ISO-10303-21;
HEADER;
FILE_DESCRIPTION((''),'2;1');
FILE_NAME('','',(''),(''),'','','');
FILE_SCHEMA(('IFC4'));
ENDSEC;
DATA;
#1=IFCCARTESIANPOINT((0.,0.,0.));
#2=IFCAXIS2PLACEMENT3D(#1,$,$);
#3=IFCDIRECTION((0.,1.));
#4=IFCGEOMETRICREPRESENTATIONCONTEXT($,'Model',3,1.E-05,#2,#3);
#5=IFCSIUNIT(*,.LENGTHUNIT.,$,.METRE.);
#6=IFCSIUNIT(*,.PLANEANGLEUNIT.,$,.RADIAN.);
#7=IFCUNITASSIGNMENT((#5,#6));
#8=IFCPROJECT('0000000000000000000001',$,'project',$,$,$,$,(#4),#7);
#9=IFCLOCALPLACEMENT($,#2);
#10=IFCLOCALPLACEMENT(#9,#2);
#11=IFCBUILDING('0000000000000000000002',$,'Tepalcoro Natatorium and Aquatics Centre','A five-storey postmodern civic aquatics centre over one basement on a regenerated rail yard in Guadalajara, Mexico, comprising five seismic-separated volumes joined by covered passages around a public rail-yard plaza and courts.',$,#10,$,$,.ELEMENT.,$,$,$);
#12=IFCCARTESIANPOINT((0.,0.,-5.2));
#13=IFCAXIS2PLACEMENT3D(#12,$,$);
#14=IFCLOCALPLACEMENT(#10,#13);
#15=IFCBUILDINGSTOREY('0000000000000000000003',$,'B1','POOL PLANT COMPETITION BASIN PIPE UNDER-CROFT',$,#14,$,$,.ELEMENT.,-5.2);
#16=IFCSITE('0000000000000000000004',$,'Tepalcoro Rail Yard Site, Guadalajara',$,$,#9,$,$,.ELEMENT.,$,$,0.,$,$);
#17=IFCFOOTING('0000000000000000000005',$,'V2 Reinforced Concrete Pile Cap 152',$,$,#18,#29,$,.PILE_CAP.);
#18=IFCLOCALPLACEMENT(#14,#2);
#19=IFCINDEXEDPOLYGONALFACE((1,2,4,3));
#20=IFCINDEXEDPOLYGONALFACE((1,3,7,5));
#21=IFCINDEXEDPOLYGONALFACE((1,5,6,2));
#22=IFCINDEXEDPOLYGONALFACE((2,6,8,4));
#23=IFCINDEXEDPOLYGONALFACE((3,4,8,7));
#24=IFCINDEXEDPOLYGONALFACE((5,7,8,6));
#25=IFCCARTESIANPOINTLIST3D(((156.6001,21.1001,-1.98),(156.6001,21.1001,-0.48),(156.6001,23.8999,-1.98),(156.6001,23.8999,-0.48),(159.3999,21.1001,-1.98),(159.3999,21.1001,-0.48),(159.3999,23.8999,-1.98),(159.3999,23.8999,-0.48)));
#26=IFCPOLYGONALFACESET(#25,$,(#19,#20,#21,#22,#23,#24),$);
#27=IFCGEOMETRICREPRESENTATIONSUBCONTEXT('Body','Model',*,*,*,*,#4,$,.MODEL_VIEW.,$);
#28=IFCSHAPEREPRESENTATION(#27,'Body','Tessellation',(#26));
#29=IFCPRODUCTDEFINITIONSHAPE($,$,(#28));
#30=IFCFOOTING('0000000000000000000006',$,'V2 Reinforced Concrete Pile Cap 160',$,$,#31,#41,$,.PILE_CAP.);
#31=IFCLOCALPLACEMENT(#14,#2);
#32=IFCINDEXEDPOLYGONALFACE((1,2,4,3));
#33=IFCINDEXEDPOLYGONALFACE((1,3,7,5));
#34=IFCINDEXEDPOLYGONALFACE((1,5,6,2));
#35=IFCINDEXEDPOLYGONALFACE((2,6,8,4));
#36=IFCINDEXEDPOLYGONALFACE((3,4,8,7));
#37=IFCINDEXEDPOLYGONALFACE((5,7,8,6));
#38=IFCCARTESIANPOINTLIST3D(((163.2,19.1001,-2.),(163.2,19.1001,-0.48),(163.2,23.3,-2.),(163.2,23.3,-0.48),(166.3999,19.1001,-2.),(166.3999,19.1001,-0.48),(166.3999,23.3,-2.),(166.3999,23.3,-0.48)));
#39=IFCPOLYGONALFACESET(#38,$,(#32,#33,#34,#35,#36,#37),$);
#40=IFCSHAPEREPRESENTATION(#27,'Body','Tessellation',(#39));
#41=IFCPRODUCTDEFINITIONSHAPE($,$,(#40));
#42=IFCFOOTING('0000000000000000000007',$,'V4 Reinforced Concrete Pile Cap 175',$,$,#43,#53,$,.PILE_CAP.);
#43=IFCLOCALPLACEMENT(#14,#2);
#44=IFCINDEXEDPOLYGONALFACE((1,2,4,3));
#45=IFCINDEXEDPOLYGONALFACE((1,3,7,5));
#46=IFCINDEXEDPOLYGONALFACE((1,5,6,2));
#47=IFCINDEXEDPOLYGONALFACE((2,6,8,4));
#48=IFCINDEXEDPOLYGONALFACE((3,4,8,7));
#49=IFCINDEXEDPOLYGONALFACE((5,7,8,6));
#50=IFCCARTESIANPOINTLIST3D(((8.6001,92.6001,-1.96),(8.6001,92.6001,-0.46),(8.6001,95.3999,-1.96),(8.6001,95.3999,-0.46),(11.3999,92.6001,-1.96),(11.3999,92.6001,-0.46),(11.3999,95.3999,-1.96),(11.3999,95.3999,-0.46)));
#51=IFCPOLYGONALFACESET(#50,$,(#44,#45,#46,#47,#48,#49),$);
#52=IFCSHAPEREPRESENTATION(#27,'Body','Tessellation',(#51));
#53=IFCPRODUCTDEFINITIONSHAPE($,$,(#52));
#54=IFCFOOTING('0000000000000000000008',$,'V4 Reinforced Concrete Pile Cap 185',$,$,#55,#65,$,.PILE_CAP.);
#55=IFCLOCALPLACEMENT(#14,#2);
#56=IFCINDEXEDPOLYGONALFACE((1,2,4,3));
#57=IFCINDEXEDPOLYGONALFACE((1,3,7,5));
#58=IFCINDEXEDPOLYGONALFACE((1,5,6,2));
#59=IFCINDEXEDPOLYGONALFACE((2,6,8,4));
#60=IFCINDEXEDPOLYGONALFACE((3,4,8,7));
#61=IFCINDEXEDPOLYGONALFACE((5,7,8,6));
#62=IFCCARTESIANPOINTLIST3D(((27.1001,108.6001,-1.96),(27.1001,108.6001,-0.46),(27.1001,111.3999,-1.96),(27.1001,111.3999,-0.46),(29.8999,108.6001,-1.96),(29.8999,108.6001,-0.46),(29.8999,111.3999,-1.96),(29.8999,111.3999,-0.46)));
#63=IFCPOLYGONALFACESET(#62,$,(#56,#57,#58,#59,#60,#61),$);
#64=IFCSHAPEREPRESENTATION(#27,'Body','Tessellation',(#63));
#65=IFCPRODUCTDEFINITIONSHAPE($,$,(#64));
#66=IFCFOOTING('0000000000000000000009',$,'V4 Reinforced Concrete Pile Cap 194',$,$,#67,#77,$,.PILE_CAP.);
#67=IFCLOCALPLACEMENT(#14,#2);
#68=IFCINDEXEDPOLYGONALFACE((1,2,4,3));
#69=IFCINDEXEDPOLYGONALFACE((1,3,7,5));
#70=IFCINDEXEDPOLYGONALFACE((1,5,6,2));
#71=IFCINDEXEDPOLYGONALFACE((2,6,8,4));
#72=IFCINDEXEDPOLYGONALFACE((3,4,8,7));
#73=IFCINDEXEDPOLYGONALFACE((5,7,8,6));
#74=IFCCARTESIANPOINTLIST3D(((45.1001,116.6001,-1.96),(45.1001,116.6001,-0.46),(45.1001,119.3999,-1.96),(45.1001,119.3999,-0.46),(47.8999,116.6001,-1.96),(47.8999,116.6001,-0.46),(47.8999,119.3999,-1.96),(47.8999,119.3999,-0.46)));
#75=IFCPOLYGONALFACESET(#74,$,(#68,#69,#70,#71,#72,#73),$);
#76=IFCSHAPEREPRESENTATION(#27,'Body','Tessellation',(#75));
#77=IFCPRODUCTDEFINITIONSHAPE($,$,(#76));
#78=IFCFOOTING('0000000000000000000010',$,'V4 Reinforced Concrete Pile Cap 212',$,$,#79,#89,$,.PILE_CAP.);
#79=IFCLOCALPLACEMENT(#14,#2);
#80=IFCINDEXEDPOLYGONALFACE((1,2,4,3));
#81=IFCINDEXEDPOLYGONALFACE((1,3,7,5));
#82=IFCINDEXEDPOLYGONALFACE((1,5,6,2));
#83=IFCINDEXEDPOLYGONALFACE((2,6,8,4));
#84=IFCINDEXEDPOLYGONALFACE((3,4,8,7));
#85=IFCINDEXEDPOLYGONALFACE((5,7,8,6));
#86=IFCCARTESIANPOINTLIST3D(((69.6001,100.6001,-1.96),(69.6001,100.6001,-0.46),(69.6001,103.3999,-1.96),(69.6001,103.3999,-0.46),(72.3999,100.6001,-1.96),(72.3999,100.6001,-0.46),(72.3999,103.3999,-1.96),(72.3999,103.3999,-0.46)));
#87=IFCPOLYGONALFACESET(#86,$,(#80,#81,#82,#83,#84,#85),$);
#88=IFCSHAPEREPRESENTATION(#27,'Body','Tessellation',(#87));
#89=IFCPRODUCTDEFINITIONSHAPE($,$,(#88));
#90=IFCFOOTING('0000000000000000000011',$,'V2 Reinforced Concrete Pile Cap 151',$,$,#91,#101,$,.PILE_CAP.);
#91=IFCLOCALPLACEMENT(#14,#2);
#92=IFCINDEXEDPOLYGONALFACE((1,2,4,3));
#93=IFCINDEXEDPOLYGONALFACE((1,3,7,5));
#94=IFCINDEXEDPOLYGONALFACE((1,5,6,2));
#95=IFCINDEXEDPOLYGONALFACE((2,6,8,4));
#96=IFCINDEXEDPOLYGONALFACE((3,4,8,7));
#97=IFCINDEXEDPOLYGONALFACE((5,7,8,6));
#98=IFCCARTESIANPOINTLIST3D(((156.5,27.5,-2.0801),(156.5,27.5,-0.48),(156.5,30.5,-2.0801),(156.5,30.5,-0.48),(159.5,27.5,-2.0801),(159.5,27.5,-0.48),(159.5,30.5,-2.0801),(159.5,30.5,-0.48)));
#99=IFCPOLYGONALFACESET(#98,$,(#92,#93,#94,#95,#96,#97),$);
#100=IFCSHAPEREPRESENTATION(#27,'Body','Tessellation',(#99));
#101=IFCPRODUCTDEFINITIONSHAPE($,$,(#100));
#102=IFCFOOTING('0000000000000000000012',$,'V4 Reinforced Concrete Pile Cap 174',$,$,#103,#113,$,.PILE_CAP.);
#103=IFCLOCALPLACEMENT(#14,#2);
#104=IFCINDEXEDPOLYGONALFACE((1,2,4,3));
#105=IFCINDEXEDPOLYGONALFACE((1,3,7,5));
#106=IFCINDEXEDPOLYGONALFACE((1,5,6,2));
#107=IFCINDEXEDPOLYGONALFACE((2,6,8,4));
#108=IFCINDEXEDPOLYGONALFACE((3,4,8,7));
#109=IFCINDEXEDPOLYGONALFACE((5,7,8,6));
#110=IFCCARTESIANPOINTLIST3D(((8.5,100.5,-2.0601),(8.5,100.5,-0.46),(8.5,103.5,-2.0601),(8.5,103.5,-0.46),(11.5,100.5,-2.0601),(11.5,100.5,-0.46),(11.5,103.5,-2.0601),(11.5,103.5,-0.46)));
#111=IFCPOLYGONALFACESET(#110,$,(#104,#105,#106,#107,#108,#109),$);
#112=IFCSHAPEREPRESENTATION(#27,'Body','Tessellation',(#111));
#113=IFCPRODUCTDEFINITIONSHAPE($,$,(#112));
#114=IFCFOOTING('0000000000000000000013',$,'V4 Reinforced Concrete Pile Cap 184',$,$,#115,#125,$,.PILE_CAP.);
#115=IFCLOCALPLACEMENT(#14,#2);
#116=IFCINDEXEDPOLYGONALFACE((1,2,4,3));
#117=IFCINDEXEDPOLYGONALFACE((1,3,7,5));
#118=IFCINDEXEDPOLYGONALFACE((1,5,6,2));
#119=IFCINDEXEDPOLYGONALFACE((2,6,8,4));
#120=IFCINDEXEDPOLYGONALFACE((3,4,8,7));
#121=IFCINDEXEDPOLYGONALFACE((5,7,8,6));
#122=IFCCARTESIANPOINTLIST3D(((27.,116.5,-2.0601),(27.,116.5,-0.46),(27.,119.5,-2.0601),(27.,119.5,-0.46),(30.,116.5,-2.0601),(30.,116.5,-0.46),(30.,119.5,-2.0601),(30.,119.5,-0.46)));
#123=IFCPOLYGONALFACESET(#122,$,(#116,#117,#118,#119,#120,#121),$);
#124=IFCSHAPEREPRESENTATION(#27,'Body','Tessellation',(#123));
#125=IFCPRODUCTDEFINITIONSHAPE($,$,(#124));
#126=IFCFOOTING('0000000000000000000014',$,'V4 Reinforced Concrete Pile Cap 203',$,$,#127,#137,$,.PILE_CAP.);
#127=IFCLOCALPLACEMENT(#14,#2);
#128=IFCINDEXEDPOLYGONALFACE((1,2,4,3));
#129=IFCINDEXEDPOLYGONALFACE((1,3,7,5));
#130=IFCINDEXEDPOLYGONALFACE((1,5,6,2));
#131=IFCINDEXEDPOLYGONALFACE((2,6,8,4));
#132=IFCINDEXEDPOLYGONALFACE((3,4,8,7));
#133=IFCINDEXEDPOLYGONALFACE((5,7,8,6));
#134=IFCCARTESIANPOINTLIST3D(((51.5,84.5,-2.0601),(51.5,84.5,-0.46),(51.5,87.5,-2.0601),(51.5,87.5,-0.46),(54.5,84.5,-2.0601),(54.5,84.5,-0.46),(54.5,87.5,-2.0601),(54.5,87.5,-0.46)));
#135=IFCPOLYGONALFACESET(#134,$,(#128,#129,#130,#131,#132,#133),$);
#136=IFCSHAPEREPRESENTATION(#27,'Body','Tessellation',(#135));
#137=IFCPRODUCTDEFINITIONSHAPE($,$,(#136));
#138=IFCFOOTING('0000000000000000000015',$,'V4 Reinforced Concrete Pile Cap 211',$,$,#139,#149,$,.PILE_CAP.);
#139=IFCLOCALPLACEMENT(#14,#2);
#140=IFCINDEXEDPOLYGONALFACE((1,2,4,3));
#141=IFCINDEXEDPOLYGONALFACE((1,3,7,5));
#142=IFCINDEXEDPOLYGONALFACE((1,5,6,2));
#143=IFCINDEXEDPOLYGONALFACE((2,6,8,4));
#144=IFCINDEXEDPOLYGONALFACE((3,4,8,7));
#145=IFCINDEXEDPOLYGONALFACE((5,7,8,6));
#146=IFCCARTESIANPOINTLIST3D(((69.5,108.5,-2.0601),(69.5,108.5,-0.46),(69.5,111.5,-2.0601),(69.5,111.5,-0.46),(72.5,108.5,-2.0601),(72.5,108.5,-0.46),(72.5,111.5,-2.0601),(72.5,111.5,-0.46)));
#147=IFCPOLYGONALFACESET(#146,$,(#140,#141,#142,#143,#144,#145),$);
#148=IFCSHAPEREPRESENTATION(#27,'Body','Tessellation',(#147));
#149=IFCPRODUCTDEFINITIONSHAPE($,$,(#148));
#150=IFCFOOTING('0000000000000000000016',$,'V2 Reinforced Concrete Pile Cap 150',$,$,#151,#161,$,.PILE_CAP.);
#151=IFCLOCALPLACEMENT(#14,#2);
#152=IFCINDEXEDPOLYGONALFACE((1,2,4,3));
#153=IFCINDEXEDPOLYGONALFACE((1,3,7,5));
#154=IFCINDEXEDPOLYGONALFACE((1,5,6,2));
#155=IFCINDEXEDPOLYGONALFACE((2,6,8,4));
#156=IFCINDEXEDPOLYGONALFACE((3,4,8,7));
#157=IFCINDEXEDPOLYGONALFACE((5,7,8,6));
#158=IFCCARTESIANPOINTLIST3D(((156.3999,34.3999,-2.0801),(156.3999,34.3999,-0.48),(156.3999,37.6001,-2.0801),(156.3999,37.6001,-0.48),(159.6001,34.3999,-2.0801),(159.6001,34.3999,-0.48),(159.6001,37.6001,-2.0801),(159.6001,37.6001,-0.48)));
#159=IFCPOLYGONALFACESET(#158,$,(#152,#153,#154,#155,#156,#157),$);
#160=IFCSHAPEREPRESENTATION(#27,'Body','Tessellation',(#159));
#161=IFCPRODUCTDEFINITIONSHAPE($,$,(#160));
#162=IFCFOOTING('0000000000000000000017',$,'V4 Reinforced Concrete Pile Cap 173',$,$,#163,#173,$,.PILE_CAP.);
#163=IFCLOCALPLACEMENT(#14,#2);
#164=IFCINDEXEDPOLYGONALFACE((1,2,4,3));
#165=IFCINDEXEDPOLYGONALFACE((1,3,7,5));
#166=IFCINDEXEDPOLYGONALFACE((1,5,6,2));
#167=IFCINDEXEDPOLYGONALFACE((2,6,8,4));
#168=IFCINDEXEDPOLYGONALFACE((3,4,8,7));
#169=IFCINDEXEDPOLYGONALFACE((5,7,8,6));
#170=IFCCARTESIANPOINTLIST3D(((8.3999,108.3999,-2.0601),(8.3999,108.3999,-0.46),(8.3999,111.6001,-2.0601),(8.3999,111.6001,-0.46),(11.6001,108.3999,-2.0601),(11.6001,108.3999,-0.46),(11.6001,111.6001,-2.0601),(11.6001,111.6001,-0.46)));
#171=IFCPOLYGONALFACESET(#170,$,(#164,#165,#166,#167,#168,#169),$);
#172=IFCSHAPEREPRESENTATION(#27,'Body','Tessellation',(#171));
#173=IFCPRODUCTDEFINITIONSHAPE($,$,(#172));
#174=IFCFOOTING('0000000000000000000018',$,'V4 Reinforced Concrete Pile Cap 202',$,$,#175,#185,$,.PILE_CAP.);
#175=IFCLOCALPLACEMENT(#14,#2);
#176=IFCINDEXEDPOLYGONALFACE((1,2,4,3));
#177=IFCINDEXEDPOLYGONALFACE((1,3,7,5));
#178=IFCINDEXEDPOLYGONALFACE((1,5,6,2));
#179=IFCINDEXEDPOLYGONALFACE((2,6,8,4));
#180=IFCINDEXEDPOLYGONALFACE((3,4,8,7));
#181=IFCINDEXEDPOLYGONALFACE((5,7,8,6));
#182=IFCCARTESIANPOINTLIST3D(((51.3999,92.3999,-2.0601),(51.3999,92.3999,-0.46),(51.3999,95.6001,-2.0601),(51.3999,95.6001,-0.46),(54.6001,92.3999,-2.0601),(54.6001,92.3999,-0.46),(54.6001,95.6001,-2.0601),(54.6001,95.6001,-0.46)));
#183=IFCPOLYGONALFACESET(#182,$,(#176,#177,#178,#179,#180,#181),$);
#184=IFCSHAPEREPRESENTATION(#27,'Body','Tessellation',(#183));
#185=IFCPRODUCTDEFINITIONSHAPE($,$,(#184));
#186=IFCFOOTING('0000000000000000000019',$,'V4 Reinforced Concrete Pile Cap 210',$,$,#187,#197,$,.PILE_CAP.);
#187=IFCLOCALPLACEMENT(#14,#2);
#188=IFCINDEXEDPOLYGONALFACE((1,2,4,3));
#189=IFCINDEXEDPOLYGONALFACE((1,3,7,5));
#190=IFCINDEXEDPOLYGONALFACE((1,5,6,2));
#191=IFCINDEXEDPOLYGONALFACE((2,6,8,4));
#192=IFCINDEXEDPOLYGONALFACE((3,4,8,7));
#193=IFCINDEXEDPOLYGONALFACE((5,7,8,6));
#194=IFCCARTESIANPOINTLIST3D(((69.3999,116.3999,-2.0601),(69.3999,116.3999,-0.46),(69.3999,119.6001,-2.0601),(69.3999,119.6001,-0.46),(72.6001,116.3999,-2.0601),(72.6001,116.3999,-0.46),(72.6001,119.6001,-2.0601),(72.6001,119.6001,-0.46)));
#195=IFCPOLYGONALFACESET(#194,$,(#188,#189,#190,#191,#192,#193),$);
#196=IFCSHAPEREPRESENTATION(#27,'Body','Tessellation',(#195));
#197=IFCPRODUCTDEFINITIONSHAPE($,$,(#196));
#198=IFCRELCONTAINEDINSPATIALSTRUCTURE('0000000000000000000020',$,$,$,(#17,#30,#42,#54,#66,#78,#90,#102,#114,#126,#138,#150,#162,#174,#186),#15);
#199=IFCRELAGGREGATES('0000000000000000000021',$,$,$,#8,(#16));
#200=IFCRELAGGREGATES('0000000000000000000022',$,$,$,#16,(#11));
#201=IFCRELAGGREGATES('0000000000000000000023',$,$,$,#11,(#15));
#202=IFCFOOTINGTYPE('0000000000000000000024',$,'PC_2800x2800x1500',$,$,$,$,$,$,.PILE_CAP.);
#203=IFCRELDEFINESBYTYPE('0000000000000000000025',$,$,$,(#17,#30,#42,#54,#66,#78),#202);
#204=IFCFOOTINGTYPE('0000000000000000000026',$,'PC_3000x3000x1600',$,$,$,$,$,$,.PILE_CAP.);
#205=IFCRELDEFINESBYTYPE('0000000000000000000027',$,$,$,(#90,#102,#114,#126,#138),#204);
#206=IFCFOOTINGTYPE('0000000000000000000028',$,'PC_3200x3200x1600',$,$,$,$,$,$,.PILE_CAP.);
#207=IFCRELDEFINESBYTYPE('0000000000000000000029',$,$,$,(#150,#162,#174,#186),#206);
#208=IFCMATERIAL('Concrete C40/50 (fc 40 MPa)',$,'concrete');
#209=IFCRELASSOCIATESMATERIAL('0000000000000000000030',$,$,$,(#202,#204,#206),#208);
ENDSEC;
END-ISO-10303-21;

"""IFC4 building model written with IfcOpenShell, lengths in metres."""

from ifc_helpers import new_model, si_unit, direction, frame, origin, place, context, subcontext, project, spatial, polyline, outline, extrude, material, type_object, element, save


model = new_model("IFC4")

# Units and contexts
model_context = context("Model", 3, precision=1e-05, world=origin(), true_north=direction((0.0, 1.0)))
body_context = subcontext(model_context, "Body", "Model", "MODEL_VIEW")
ifc_project = project(units=[si_unit("LENGTHUNIT", "METRE"), si_unit("PLANEANGLEUNIT", "RADIAN")], contexts=[model_context])

# Site, building, storey
site_placement = place(None, origin())
site = spatial("IfcSite", under=ifc_project, at=site_placement, Name="Tepalcoro Rail Yard Site, Guadalajara", CompositionType="ELEMENT", RefElevation=0.0)
building_placement = place(site_placement, origin())
building = spatial("IfcBuilding", under=site, at=building_placement, Name="Tepalcoro Natatorium and Aquatics Centre", Description="A five-storey postmodern civic aquatics centre over one basement on a regenerated rail yard in Guadalajara, Mexico, comprising five seismic-separated volumes joined by covered passages around a public rail-yard plaza and courts.", CompositionType="ELEMENT")
storey_placement = place(building_placement, frame((0.0, 0.0, -5.2)))
storey = spatial("IfcBuildingStorey", under=building, at=storey_placement, Name="B1", Description="POOL PLANT COMPETITION BASIN PIPE UNDER-CROFT", CompositionType="ELEMENT", Elevation=-5.2)

# Footings
ifc_material = material(Name="Concrete C40/50 (fc 40 MPa)", Category="concrete")
footing_type_1 = type_object("IfcFootingType", Name="PC_2800x2800x1500", PredefinedType="PILE_CAP", material=ifc_material)
footing_1_placement = place(storey_placement, frame((0.0, 0.0, -1.98)))
element("IfcFooting", 1, at=footing_1_placement, inside=storey, type_object=footing_type_1, Name="V2 Reinforced Concrete Pile Cap 152", PredefinedType="PILE_CAP", context=body_context, shape_type="SweptSolid", body=[
    extrude(outline(polyline([(156.6001, 21.1001), (159.3999, 21.1001), (159.3999, 23.8999), (156.6001, 23.8999), (156.6001, 21.1001)])), origin(), (0.0, 0.0, 1.0), 1.5),
])
footing_2_placement = place(storey_placement, frame((0.0, 0.0, -2.0)))
element("IfcFooting", 2, at=footing_2_placement, inside=storey, type_object=footing_type_1, Name="V2 Reinforced Concrete Pile Cap 160", PredefinedType="PILE_CAP", context=body_context, shape_type="SweptSolid", body=[
    extrude(outline(polyline([(163.2, 19.1001), (166.3999, 19.1001), (166.3999, 23.3), (163.2, 23.3), (163.2, 19.1001)])), origin(), (0.0, 0.0, 1.0), 1.52),
])
footing_3_placement = place(storey_placement, frame((0.0, 0.0, -1.96)))
element("IfcFooting", 3, at=footing_3_placement, inside=storey, type_object=footing_type_1, Name="V4 Reinforced Concrete Pile Cap 175", PredefinedType="PILE_CAP", context=body_context, shape_type="SweptSolid", body=[
    extrude(outline(polyline([(8.6001, 92.6001), (11.3999, 92.6001), (11.3999, 95.3999), (8.6001, 95.3999), (8.6001, 92.6001)])), origin(), (0.0, 0.0, 1.0), 1.5),
])
footing_4_placement = place(storey_placement, frame((0.0, 0.0, -1.96)))
element("IfcFooting", 4, at=footing_4_placement, inside=storey, type_object=footing_type_1, Name="V4 Reinforced Concrete Pile Cap 185", PredefinedType="PILE_CAP", context=body_context, shape_type="SweptSolid", body=[
    extrude(outline(polyline([(27.1001, 108.6001), (29.8999, 108.6001), (29.8999, 111.3999), (27.1001, 111.3999), (27.1001, 108.6001)])), origin(), (0.0, 0.0, 1.0), 1.5),
])
footing_5_placement = place(storey_placement, frame((0.0, 0.0, -1.96)))
element("IfcFooting", 5, at=footing_5_placement, inside=storey, type_object=footing_type_1, Name="V4 Reinforced Concrete Pile Cap 194", PredefinedType="PILE_CAP", context=body_context, shape_type="SweptSolid", body=[
    extrude(outline(polyline([(45.1001, 116.6001), (47.8999, 116.6001), (47.8999, 119.3999), (45.1001, 119.3999), (45.1001, 116.6001)])), origin(), (0.0, 0.0, 1.0), 1.5),
])
footing_6_placement = place(storey_placement, frame((0.0, 0.0, -1.96)))
element("IfcFooting", 6, at=footing_6_placement, inside=storey, type_object=footing_type_1, Name="V4 Reinforced Concrete Pile Cap 212", PredefinedType="PILE_CAP", context=body_context, shape_type="SweptSolid", body=[
    extrude(outline(polyline([(69.6001, 100.6001), (72.3999, 100.6001), (72.3999, 103.3999), (69.6001, 103.3999), (69.6001, 100.6001)])), origin(), (0.0, 0.0, 1.0), 1.5),
])
footing_type_2 = type_object("IfcFootingType", Name="PC_3000x3000x1600", PredefinedType="PILE_CAP", material=ifc_material)
footing_7_placement = place(storey_placement, frame((0.0, 0.0, -2.0801)))
element("IfcFooting", 7, at=footing_7_placement, inside=storey, type_object=footing_type_2, Name="V2 Reinforced Concrete Pile Cap 151", PredefinedType="PILE_CAP", context=body_context, shape_type="SweptSolid", body=[
    extrude(outline(polyline([(156.5, 27.5), (159.5, 27.5), (159.5, 30.5), (156.5, 30.5), (156.5, 27.5)])), origin(), (0.0, 0.0, 1.0), 1.6001),
])
footing_8_placement = place(storey_placement, frame((0.0, 0.0, -2.0601)))
element("IfcFooting", 8, at=footing_8_placement, inside=storey, type_object=footing_type_2, Name="V4 Reinforced Concrete Pile Cap 174", PredefinedType="PILE_CAP", context=body_context, shape_type="SweptSolid", body=[
    extrude(outline(polyline([(8.5, 100.5), (11.5, 100.5), (11.5, 103.5), (8.5, 103.5), (8.5, 100.5)])), origin(), (0.0, 0.0, 1.0), 1.6001),
])
footing_9_placement = place(storey_placement, frame((0.0, 0.0, -2.0601)))
element("IfcFooting", 9, at=footing_9_placement, inside=storey, type_object=footing_type_2, Name="V4 Reinforced Concrete Pile Cap 184", PredefinedType="PILE_CAP", context=body_context, shape_type="SweptSolid", body=[
    extrude(outline(polyline([(27.0, 116.5), (30.0, 116.5), (30.0, 119.5), (27.0, 119.5), (27.0, 116.5)])), origin(), (0.0, 0.0, 1.0), 1.6001),
])
footing_10_placement = place(storey_placement, frame((0.0, 0.0, -2.0601)))
element("IfcFooting", 10, at=footing_10_placement, inside=storey, type_object=footing_type_2, Name="V4 Reinforced Concrete Pile Cap 203", PredefinedType="PILE_CAP", context=body_context, shape_type="SweptSolid", body=[
    extrude(outline(polyline([(51.5, 84.5), (54.5, 84.5), (54.5, 87.5), (51.5, 87.5), (51.5, 84.5)])), origin(), (0.0, 0.0, 1.0), 1.6001),
])
footing_11_placement = place(storey_placement, frame((0.0, 0.0, -2.0601)))
element("IfcFooting", 11, at=footing_11_placement, inside=storey, type_object=footing_type_2, Name="V4 Reinforced Concrete Pile Cap 211", PredefinedType="PILE_CAP", context=body_context, shape_type="SweptSolid", body=[
    extrude(outline(polyline([(69.5, 108.5), (72.5, 108.5), (72.5, 111.5), (69.5, 111.5), (69.5, 108.5)])), origin(), (0.0, 0.0, 1.0), 1.6001),
])
footing_type_3 = type_object("IfcFootingType", Name="PC_3200x3200x1600", PredefinedType="PILE_CAP", material=ifc_material)
footing_12_placement = place(storey_placement, frame((0.0, 0.0, -2.0801)))
element("IfcFooting", 12, at=footing_12_placement, inside=storey, type_object=footing_type_3, Name="V2 Reinforced Concrete Pile Cap 150", PredefinedType="PILE_CAP", context=body_context, shape_type="SweptSolid", body=[
    extrude(outline(polyline([(156.3999, 34.3999), (159.6001, 34.3999), (159.6001, 37.6001), (156.3999, 37.6001), (156.3999, 34.3999)])), origin(), (0.0, 0.0, 1.0), 1.6001),
])
footing_13_placement = place(storey_placement, frame((0.0, 0.0, -2.0601)))
element("IfcFooting", 13, at=footing_13_placement, inside=storey, type_object=footing_type_3, Name="V4 Reinforced Concrete Pile Cap 173", PredefinedType="PILE_CAP", context=body_context, shape_type="SweptSolid", body=[
    extrude(outline(polyline([(8.3999, 108.3999), (11.6001, 108.3999), (11.6001, 111.6001), (8.3999, 111.6001), (8.3999, 108.3999)])), origin(), (0.0, 0.0, 1.0), 1.6001),
])
footing_14_placement = place(storey_placement, frame((0.0, 0.0, -2.0601)))
element("IfcFooting", 14, at=footing_14_placement, inside=storey, type_object=footing_type_3, Name="V4 Reinforced Concrete Pile Cap 202", PredefinedType="PILE_CAP", context=body_context, shape_type="SweptSolid", body=[
    extrude(outline(polyline([(51.3999, 92.3999), (54.6001, 92.3999), (54.6001, 95.6001), (51.3999, 95.6001), (51.3999, 92.3999)])), origin(), (0.0, 0.0, 1.0), 1.6001),
])
footing_15_placement = place(storey_placement, frame((0.0, 0.0, -2.0601)))
element("IfcFooting", 15, at=footing_15_placement, inside=storey, type_object=footing_type_3, Name="V4 Reinforced Concrete Pile Cap 210", PredefinedType="PILE_CAP", context=body_context, shape_type="SweptSolid", body=[
    extrude(outline(polyline([(69.3999, 116.3999), (72.6001, 116.3999), (72.6001, 119.6001), (69.3999, 119.6001), (69.3999, 116.3999)])), origin(), (0.0, 0.0, 1.0), 1.6001),
])

save(model, "model.ifc")
